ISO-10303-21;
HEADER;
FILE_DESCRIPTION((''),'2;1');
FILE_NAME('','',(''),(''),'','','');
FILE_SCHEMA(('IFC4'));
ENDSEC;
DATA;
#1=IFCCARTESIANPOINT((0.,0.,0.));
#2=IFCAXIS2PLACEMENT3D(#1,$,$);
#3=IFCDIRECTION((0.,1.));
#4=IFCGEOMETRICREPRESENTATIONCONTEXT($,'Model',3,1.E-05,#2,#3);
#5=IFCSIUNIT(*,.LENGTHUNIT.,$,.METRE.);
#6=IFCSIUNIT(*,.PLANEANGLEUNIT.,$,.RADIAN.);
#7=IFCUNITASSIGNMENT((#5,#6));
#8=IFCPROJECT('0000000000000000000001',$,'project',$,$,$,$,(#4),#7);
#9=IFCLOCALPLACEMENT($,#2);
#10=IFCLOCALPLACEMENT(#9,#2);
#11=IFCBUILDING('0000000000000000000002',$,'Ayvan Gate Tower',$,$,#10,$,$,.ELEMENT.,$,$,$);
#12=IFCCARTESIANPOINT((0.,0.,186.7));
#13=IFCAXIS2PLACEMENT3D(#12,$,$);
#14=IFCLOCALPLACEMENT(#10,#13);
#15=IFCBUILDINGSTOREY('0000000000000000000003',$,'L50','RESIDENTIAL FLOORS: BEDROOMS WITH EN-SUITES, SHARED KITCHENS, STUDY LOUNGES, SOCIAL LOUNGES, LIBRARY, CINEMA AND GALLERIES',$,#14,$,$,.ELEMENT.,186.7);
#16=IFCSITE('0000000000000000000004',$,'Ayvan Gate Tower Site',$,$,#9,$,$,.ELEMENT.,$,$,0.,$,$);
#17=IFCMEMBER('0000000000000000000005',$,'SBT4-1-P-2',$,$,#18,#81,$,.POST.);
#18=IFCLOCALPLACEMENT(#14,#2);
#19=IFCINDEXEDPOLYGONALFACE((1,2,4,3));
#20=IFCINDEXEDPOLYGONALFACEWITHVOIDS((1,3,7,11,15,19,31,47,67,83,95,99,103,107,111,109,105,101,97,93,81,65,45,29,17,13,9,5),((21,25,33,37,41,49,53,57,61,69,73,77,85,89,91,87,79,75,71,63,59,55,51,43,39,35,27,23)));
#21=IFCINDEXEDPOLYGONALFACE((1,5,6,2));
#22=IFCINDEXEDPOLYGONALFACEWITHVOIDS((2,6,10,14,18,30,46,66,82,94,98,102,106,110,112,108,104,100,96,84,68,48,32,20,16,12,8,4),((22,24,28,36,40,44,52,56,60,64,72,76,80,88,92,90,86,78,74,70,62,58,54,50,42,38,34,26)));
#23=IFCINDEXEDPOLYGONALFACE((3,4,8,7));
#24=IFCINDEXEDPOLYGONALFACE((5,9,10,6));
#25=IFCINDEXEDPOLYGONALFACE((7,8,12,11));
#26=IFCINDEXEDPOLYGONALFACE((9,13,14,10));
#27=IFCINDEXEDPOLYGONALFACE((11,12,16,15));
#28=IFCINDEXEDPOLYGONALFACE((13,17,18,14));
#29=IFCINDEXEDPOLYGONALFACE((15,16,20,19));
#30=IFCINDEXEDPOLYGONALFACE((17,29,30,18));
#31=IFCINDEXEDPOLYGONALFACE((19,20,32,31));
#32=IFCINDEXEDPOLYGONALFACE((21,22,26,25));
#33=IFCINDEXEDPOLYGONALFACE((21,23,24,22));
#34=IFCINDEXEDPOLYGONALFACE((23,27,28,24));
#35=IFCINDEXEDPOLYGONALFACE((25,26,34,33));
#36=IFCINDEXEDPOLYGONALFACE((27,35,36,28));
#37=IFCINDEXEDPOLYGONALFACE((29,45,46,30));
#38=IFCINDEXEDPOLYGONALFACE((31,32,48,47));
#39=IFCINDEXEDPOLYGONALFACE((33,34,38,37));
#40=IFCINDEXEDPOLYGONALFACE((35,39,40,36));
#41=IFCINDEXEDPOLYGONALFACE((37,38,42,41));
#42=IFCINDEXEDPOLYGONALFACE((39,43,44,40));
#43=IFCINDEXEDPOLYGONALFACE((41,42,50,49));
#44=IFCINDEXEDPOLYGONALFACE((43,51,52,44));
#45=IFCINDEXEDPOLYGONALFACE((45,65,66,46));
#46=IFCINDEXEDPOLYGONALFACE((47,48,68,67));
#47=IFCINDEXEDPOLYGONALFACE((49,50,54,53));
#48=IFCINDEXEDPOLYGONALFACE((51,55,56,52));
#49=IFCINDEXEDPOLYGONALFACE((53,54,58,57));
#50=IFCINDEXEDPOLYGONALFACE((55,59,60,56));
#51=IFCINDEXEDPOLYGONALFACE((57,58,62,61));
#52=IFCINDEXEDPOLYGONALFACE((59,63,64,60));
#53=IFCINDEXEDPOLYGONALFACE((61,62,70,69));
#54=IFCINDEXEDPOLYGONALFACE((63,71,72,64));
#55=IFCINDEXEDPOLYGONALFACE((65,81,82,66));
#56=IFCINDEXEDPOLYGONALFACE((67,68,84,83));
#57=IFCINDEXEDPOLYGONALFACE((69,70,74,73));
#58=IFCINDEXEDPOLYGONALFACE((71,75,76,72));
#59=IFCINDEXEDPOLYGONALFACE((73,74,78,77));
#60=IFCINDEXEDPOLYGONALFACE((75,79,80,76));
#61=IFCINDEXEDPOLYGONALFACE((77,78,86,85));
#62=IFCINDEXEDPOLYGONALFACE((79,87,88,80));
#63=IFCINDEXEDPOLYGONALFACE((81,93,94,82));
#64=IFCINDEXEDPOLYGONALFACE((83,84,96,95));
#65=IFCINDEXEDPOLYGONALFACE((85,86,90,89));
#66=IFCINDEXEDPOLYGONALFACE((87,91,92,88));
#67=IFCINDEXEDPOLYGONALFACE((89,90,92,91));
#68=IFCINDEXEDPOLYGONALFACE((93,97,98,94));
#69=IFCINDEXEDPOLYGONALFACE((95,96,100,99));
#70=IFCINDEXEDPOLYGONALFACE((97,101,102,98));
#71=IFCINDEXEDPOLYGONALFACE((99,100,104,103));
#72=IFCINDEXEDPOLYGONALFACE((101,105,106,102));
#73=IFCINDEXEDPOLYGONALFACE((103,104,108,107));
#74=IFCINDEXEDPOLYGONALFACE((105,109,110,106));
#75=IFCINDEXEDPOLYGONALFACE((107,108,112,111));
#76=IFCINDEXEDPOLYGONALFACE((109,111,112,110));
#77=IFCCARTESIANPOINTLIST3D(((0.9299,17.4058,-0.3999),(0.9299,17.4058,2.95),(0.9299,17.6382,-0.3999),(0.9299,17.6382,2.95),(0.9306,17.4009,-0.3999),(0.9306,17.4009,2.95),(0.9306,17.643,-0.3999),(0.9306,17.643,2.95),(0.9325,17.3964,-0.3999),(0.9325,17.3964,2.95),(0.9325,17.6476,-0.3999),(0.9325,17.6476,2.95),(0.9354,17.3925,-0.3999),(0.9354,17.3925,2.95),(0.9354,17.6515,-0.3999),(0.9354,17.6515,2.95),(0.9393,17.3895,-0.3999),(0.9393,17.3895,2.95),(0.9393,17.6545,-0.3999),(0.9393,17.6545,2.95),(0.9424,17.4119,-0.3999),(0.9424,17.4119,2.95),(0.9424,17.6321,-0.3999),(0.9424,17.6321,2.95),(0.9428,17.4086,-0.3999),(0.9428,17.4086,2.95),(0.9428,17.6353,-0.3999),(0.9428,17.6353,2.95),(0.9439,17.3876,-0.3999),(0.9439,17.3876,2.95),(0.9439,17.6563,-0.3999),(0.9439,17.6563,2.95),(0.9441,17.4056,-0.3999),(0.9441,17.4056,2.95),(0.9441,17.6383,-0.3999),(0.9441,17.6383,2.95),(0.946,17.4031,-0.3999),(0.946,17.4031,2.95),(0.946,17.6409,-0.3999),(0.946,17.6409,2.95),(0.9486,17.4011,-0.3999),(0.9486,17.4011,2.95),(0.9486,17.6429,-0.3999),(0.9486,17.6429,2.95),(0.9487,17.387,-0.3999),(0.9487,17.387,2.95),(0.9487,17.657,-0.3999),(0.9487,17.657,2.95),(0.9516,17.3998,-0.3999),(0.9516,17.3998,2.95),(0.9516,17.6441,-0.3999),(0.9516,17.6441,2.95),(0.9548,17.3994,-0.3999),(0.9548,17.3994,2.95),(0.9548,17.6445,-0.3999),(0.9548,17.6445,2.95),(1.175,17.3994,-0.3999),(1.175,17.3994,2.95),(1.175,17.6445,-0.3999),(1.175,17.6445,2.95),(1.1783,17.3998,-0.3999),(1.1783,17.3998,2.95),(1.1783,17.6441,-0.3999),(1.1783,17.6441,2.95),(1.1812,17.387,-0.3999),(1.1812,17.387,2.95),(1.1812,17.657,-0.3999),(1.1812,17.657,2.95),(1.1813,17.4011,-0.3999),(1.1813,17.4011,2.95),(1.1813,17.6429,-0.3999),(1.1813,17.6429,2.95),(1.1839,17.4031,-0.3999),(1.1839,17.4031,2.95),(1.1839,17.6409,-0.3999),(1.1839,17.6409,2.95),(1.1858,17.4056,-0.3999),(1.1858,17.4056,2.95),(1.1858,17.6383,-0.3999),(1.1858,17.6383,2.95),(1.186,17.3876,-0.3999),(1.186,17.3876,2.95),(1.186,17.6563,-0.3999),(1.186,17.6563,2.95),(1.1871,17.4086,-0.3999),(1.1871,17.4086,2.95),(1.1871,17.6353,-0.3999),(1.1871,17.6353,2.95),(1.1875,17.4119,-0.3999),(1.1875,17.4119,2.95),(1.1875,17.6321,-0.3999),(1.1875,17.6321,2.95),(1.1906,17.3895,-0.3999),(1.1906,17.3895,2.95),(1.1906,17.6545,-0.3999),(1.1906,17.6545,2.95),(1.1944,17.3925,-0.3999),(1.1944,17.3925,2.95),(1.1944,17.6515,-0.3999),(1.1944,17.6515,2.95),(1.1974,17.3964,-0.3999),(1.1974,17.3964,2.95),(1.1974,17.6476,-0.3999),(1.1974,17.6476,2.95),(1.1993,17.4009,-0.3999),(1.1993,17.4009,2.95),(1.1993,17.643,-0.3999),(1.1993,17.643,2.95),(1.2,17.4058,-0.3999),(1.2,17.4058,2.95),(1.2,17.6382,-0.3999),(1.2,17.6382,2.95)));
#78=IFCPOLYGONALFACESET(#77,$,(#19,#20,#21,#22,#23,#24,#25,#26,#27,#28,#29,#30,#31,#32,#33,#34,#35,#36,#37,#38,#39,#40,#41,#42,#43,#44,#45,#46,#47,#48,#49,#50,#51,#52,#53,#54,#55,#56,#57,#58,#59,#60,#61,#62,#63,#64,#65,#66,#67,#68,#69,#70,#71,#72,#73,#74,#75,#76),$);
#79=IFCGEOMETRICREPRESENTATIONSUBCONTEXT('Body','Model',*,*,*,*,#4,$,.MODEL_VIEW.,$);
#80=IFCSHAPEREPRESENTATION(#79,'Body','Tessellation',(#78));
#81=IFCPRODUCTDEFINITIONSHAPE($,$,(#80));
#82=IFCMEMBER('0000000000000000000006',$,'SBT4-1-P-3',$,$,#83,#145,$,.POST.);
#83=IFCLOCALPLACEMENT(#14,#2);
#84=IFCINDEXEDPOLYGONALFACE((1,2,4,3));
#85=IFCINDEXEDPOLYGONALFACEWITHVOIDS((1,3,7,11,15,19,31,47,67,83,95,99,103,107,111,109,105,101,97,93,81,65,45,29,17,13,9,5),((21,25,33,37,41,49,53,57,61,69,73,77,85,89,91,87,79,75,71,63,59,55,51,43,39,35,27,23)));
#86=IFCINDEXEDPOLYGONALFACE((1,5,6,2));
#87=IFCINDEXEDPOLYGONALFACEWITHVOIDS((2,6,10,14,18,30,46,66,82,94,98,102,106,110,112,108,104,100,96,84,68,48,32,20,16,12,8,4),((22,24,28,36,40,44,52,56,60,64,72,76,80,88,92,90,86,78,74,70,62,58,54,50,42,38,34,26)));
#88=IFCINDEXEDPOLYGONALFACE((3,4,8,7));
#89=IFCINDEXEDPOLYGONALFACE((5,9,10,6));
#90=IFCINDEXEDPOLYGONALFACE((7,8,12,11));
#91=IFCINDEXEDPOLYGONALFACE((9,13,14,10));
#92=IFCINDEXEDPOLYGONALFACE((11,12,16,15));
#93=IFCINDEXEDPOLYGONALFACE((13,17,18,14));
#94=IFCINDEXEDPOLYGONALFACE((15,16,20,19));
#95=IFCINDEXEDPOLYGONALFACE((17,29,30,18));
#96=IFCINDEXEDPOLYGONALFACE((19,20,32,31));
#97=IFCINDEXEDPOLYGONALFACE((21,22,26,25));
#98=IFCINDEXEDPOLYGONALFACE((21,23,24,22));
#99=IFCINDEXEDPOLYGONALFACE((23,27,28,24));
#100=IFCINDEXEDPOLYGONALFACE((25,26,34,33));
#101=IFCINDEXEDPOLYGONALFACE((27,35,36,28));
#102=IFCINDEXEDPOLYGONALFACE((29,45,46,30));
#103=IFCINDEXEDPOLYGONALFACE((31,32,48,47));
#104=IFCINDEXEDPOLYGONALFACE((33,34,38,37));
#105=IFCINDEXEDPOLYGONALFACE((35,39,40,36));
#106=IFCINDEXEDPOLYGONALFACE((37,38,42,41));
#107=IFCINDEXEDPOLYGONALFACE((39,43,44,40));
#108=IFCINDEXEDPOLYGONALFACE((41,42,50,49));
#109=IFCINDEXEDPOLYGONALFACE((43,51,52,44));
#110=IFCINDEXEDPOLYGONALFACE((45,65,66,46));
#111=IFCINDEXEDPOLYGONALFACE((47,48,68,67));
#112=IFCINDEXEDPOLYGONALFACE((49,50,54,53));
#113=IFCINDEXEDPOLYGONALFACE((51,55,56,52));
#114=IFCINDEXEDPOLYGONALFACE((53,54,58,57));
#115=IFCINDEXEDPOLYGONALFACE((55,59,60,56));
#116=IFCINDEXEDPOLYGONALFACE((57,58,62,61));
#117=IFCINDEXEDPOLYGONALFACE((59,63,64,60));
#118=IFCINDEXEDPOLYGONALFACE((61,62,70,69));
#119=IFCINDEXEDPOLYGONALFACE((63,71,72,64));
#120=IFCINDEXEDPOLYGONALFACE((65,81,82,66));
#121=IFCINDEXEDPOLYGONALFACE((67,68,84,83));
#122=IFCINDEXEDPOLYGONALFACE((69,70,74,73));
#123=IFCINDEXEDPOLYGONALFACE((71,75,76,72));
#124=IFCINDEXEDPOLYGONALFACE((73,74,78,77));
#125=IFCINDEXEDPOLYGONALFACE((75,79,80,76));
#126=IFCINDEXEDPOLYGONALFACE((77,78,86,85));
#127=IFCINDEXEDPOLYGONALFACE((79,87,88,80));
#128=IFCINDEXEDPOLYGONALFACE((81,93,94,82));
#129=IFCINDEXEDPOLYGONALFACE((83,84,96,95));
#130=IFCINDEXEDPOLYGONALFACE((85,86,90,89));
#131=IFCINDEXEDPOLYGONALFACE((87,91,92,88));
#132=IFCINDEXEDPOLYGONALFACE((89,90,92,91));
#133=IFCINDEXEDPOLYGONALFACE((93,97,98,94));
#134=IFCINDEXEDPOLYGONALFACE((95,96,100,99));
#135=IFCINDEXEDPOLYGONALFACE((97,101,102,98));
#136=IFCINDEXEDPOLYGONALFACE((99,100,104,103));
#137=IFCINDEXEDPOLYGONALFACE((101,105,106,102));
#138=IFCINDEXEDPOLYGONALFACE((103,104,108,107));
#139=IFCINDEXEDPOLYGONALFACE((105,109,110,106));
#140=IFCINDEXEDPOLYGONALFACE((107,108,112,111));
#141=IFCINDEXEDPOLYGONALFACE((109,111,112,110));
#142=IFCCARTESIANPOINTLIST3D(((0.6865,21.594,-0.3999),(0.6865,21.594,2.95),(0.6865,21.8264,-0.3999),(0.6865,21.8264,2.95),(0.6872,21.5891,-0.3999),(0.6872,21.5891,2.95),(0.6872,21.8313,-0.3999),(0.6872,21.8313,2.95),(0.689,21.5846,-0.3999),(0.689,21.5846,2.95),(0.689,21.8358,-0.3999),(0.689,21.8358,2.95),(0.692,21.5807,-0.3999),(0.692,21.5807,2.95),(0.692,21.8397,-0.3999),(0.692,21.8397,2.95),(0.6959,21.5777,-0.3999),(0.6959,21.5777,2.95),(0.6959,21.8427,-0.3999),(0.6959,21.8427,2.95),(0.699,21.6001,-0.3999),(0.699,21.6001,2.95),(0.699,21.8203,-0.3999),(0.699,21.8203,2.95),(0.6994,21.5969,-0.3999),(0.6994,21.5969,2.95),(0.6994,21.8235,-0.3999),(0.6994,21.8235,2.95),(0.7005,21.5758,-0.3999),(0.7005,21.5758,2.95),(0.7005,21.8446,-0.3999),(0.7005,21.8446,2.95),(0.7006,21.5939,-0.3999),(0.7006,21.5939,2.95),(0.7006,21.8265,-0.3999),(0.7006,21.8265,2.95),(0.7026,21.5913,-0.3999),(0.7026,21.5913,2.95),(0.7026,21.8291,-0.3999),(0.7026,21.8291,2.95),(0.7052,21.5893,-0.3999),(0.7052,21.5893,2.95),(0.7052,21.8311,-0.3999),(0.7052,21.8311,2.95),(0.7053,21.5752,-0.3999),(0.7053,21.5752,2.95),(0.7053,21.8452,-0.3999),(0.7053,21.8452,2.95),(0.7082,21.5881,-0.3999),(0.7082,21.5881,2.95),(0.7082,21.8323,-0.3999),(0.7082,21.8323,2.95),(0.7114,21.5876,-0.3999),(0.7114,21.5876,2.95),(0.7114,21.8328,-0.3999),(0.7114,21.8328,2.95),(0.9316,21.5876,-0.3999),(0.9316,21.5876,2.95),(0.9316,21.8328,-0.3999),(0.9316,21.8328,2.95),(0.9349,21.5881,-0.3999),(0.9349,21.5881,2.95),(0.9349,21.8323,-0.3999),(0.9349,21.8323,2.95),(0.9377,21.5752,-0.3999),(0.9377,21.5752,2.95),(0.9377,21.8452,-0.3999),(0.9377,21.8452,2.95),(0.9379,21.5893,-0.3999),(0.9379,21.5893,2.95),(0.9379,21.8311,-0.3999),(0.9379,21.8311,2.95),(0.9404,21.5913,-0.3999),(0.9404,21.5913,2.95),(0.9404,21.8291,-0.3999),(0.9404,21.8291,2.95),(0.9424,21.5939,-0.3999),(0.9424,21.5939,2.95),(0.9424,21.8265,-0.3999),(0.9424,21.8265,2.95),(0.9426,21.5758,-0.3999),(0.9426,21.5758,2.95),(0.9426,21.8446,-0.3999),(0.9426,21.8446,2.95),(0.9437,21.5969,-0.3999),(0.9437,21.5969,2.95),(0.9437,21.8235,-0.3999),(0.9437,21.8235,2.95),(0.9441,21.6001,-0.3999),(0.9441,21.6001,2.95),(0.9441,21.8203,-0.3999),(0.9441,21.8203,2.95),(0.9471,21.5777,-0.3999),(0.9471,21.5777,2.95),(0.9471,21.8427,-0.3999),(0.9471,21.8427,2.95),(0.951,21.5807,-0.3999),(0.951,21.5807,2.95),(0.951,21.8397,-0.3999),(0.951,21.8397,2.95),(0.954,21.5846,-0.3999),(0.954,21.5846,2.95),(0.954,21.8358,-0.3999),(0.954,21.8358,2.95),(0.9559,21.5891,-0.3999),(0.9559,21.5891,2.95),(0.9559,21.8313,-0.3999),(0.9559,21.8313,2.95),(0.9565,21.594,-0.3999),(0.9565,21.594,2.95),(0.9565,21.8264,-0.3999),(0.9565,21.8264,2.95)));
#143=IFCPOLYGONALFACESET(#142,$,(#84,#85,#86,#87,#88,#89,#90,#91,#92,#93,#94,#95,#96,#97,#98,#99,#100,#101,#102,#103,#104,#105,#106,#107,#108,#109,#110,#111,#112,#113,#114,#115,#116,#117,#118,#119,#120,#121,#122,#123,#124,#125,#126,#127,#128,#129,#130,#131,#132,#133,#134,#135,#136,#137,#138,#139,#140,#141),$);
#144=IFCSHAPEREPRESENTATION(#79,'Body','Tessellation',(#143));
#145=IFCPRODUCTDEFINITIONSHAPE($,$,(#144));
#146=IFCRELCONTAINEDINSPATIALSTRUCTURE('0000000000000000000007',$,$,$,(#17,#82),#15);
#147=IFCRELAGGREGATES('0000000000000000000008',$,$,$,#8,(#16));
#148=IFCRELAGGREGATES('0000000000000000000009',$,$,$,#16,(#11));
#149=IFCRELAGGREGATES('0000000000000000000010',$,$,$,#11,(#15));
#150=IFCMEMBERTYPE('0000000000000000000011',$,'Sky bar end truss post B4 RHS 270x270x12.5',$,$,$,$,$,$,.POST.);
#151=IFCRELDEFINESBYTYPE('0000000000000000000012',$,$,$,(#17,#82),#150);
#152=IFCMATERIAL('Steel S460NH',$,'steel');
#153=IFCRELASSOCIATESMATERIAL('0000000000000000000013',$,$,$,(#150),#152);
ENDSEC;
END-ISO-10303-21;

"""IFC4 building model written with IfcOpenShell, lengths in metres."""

from ifc_helpers import new_model, si_unit, direction, frame, origin, origin_2d, place, context, subcontext, project, spatial, hollow_rectangle, extrude, material, material_profile, profile_set, type_object, element, save


model = new_model("IFC4")

# Units and contexts
model_context = context("Model", 3, precision=1e-05, world=origin(), true_north=direction((0.0, 1.0)))
body_context = subcontext(model_context, "Body", "Model", "MODEL_VIEW")
ifc_project = project(units=[si_unit("LENGTHUNIT", "METRE"), si_unit("PLANEANGLEUNIT", "RADIAN")], contexts=[model_context])

# Site, building, storey
site_placement = place(None, origin())
site = spatial("IfcSite", under=ifc_project, at=site_placement, Name="Ayvan Gate Tower Site", CompositionType="ELEMENT", RefElevation=0.0)
building_placement = place(site_placement, origin())
building = spatial("IfcBuilding", under=site, at=building_placement, Name="Ayvan Gate Tower", CompositionType="ELEMENT")
storey_placement = place(building_placement, frame((0.0, 0.0, 186.7)))
storey = spatial("IfcBuildingStorey", under=building, at=storey_placement, Name="L50", Description="RESIDENTIAL FLOORS: BEDROOMS WITH EN-SUITES, SHARED KITCHENS, STUDY LOUNGES, SOCIAL LOUNGES, LIBRARY, CINEMA AND GALLERIES", CompositionType="ELEMENT", Elevation=186.7)

# Members
ifc_material_1 = material(Name="Steel S460NH", Category="steel")
ifc_material_profile_1 = material_profile(ifc_material_1, hollow_rectangle(XDim=0.27, YDim=0.27, WallThickness=0.0125, InnerFilletRadius=0.0125, OuterFilletRadius=0.0188, at=origin_2d()), Name="RHS 270x270x12.5")
ifc_profile_set_1 = profile_set([ifc_material_profile_1], Name="Steel S460NH")
member_type_1 = type_object("IfcMemberType", Name="Sky bar end truss post B4 RHS 270x270x12.5", PredefinedType="POST", material=ifc_profile_set_1)
for number, where, z_axis, x_axis, name in (
    (1, (1.0649, 17.522, -0.3999), (0.0, 0.0, 1.0), (1.0, 0.0, 0.0), "SBT4-1-P-2"),
    (2, (0.8215, 21.7102, -0.3999), (0.0, 0.0, 1.0), (1.0, 0.0, 0.0), "SBT4-1-P-3"),
):
    element("IfcMember", number, at=place(storey_placement, frame(where, z_axis=z_axis, x_axis=x_axis)), inside=storey, type_object=member_type_1, Name=name, PredefinedType="POST", context=body_context, shape_type="SweptSolid", body=[
        extrude(hollow_rectangle(XDim=0.27, YDim=0.27, WallThickness=0.0125, InnerFilletRadius=0.0125, OuterFilletRadius=0.0188, at=origin_2d()), origin(), (0.0, 0.0, 1.0), 3.3499),
    ])

save(model, "model.ifc")
